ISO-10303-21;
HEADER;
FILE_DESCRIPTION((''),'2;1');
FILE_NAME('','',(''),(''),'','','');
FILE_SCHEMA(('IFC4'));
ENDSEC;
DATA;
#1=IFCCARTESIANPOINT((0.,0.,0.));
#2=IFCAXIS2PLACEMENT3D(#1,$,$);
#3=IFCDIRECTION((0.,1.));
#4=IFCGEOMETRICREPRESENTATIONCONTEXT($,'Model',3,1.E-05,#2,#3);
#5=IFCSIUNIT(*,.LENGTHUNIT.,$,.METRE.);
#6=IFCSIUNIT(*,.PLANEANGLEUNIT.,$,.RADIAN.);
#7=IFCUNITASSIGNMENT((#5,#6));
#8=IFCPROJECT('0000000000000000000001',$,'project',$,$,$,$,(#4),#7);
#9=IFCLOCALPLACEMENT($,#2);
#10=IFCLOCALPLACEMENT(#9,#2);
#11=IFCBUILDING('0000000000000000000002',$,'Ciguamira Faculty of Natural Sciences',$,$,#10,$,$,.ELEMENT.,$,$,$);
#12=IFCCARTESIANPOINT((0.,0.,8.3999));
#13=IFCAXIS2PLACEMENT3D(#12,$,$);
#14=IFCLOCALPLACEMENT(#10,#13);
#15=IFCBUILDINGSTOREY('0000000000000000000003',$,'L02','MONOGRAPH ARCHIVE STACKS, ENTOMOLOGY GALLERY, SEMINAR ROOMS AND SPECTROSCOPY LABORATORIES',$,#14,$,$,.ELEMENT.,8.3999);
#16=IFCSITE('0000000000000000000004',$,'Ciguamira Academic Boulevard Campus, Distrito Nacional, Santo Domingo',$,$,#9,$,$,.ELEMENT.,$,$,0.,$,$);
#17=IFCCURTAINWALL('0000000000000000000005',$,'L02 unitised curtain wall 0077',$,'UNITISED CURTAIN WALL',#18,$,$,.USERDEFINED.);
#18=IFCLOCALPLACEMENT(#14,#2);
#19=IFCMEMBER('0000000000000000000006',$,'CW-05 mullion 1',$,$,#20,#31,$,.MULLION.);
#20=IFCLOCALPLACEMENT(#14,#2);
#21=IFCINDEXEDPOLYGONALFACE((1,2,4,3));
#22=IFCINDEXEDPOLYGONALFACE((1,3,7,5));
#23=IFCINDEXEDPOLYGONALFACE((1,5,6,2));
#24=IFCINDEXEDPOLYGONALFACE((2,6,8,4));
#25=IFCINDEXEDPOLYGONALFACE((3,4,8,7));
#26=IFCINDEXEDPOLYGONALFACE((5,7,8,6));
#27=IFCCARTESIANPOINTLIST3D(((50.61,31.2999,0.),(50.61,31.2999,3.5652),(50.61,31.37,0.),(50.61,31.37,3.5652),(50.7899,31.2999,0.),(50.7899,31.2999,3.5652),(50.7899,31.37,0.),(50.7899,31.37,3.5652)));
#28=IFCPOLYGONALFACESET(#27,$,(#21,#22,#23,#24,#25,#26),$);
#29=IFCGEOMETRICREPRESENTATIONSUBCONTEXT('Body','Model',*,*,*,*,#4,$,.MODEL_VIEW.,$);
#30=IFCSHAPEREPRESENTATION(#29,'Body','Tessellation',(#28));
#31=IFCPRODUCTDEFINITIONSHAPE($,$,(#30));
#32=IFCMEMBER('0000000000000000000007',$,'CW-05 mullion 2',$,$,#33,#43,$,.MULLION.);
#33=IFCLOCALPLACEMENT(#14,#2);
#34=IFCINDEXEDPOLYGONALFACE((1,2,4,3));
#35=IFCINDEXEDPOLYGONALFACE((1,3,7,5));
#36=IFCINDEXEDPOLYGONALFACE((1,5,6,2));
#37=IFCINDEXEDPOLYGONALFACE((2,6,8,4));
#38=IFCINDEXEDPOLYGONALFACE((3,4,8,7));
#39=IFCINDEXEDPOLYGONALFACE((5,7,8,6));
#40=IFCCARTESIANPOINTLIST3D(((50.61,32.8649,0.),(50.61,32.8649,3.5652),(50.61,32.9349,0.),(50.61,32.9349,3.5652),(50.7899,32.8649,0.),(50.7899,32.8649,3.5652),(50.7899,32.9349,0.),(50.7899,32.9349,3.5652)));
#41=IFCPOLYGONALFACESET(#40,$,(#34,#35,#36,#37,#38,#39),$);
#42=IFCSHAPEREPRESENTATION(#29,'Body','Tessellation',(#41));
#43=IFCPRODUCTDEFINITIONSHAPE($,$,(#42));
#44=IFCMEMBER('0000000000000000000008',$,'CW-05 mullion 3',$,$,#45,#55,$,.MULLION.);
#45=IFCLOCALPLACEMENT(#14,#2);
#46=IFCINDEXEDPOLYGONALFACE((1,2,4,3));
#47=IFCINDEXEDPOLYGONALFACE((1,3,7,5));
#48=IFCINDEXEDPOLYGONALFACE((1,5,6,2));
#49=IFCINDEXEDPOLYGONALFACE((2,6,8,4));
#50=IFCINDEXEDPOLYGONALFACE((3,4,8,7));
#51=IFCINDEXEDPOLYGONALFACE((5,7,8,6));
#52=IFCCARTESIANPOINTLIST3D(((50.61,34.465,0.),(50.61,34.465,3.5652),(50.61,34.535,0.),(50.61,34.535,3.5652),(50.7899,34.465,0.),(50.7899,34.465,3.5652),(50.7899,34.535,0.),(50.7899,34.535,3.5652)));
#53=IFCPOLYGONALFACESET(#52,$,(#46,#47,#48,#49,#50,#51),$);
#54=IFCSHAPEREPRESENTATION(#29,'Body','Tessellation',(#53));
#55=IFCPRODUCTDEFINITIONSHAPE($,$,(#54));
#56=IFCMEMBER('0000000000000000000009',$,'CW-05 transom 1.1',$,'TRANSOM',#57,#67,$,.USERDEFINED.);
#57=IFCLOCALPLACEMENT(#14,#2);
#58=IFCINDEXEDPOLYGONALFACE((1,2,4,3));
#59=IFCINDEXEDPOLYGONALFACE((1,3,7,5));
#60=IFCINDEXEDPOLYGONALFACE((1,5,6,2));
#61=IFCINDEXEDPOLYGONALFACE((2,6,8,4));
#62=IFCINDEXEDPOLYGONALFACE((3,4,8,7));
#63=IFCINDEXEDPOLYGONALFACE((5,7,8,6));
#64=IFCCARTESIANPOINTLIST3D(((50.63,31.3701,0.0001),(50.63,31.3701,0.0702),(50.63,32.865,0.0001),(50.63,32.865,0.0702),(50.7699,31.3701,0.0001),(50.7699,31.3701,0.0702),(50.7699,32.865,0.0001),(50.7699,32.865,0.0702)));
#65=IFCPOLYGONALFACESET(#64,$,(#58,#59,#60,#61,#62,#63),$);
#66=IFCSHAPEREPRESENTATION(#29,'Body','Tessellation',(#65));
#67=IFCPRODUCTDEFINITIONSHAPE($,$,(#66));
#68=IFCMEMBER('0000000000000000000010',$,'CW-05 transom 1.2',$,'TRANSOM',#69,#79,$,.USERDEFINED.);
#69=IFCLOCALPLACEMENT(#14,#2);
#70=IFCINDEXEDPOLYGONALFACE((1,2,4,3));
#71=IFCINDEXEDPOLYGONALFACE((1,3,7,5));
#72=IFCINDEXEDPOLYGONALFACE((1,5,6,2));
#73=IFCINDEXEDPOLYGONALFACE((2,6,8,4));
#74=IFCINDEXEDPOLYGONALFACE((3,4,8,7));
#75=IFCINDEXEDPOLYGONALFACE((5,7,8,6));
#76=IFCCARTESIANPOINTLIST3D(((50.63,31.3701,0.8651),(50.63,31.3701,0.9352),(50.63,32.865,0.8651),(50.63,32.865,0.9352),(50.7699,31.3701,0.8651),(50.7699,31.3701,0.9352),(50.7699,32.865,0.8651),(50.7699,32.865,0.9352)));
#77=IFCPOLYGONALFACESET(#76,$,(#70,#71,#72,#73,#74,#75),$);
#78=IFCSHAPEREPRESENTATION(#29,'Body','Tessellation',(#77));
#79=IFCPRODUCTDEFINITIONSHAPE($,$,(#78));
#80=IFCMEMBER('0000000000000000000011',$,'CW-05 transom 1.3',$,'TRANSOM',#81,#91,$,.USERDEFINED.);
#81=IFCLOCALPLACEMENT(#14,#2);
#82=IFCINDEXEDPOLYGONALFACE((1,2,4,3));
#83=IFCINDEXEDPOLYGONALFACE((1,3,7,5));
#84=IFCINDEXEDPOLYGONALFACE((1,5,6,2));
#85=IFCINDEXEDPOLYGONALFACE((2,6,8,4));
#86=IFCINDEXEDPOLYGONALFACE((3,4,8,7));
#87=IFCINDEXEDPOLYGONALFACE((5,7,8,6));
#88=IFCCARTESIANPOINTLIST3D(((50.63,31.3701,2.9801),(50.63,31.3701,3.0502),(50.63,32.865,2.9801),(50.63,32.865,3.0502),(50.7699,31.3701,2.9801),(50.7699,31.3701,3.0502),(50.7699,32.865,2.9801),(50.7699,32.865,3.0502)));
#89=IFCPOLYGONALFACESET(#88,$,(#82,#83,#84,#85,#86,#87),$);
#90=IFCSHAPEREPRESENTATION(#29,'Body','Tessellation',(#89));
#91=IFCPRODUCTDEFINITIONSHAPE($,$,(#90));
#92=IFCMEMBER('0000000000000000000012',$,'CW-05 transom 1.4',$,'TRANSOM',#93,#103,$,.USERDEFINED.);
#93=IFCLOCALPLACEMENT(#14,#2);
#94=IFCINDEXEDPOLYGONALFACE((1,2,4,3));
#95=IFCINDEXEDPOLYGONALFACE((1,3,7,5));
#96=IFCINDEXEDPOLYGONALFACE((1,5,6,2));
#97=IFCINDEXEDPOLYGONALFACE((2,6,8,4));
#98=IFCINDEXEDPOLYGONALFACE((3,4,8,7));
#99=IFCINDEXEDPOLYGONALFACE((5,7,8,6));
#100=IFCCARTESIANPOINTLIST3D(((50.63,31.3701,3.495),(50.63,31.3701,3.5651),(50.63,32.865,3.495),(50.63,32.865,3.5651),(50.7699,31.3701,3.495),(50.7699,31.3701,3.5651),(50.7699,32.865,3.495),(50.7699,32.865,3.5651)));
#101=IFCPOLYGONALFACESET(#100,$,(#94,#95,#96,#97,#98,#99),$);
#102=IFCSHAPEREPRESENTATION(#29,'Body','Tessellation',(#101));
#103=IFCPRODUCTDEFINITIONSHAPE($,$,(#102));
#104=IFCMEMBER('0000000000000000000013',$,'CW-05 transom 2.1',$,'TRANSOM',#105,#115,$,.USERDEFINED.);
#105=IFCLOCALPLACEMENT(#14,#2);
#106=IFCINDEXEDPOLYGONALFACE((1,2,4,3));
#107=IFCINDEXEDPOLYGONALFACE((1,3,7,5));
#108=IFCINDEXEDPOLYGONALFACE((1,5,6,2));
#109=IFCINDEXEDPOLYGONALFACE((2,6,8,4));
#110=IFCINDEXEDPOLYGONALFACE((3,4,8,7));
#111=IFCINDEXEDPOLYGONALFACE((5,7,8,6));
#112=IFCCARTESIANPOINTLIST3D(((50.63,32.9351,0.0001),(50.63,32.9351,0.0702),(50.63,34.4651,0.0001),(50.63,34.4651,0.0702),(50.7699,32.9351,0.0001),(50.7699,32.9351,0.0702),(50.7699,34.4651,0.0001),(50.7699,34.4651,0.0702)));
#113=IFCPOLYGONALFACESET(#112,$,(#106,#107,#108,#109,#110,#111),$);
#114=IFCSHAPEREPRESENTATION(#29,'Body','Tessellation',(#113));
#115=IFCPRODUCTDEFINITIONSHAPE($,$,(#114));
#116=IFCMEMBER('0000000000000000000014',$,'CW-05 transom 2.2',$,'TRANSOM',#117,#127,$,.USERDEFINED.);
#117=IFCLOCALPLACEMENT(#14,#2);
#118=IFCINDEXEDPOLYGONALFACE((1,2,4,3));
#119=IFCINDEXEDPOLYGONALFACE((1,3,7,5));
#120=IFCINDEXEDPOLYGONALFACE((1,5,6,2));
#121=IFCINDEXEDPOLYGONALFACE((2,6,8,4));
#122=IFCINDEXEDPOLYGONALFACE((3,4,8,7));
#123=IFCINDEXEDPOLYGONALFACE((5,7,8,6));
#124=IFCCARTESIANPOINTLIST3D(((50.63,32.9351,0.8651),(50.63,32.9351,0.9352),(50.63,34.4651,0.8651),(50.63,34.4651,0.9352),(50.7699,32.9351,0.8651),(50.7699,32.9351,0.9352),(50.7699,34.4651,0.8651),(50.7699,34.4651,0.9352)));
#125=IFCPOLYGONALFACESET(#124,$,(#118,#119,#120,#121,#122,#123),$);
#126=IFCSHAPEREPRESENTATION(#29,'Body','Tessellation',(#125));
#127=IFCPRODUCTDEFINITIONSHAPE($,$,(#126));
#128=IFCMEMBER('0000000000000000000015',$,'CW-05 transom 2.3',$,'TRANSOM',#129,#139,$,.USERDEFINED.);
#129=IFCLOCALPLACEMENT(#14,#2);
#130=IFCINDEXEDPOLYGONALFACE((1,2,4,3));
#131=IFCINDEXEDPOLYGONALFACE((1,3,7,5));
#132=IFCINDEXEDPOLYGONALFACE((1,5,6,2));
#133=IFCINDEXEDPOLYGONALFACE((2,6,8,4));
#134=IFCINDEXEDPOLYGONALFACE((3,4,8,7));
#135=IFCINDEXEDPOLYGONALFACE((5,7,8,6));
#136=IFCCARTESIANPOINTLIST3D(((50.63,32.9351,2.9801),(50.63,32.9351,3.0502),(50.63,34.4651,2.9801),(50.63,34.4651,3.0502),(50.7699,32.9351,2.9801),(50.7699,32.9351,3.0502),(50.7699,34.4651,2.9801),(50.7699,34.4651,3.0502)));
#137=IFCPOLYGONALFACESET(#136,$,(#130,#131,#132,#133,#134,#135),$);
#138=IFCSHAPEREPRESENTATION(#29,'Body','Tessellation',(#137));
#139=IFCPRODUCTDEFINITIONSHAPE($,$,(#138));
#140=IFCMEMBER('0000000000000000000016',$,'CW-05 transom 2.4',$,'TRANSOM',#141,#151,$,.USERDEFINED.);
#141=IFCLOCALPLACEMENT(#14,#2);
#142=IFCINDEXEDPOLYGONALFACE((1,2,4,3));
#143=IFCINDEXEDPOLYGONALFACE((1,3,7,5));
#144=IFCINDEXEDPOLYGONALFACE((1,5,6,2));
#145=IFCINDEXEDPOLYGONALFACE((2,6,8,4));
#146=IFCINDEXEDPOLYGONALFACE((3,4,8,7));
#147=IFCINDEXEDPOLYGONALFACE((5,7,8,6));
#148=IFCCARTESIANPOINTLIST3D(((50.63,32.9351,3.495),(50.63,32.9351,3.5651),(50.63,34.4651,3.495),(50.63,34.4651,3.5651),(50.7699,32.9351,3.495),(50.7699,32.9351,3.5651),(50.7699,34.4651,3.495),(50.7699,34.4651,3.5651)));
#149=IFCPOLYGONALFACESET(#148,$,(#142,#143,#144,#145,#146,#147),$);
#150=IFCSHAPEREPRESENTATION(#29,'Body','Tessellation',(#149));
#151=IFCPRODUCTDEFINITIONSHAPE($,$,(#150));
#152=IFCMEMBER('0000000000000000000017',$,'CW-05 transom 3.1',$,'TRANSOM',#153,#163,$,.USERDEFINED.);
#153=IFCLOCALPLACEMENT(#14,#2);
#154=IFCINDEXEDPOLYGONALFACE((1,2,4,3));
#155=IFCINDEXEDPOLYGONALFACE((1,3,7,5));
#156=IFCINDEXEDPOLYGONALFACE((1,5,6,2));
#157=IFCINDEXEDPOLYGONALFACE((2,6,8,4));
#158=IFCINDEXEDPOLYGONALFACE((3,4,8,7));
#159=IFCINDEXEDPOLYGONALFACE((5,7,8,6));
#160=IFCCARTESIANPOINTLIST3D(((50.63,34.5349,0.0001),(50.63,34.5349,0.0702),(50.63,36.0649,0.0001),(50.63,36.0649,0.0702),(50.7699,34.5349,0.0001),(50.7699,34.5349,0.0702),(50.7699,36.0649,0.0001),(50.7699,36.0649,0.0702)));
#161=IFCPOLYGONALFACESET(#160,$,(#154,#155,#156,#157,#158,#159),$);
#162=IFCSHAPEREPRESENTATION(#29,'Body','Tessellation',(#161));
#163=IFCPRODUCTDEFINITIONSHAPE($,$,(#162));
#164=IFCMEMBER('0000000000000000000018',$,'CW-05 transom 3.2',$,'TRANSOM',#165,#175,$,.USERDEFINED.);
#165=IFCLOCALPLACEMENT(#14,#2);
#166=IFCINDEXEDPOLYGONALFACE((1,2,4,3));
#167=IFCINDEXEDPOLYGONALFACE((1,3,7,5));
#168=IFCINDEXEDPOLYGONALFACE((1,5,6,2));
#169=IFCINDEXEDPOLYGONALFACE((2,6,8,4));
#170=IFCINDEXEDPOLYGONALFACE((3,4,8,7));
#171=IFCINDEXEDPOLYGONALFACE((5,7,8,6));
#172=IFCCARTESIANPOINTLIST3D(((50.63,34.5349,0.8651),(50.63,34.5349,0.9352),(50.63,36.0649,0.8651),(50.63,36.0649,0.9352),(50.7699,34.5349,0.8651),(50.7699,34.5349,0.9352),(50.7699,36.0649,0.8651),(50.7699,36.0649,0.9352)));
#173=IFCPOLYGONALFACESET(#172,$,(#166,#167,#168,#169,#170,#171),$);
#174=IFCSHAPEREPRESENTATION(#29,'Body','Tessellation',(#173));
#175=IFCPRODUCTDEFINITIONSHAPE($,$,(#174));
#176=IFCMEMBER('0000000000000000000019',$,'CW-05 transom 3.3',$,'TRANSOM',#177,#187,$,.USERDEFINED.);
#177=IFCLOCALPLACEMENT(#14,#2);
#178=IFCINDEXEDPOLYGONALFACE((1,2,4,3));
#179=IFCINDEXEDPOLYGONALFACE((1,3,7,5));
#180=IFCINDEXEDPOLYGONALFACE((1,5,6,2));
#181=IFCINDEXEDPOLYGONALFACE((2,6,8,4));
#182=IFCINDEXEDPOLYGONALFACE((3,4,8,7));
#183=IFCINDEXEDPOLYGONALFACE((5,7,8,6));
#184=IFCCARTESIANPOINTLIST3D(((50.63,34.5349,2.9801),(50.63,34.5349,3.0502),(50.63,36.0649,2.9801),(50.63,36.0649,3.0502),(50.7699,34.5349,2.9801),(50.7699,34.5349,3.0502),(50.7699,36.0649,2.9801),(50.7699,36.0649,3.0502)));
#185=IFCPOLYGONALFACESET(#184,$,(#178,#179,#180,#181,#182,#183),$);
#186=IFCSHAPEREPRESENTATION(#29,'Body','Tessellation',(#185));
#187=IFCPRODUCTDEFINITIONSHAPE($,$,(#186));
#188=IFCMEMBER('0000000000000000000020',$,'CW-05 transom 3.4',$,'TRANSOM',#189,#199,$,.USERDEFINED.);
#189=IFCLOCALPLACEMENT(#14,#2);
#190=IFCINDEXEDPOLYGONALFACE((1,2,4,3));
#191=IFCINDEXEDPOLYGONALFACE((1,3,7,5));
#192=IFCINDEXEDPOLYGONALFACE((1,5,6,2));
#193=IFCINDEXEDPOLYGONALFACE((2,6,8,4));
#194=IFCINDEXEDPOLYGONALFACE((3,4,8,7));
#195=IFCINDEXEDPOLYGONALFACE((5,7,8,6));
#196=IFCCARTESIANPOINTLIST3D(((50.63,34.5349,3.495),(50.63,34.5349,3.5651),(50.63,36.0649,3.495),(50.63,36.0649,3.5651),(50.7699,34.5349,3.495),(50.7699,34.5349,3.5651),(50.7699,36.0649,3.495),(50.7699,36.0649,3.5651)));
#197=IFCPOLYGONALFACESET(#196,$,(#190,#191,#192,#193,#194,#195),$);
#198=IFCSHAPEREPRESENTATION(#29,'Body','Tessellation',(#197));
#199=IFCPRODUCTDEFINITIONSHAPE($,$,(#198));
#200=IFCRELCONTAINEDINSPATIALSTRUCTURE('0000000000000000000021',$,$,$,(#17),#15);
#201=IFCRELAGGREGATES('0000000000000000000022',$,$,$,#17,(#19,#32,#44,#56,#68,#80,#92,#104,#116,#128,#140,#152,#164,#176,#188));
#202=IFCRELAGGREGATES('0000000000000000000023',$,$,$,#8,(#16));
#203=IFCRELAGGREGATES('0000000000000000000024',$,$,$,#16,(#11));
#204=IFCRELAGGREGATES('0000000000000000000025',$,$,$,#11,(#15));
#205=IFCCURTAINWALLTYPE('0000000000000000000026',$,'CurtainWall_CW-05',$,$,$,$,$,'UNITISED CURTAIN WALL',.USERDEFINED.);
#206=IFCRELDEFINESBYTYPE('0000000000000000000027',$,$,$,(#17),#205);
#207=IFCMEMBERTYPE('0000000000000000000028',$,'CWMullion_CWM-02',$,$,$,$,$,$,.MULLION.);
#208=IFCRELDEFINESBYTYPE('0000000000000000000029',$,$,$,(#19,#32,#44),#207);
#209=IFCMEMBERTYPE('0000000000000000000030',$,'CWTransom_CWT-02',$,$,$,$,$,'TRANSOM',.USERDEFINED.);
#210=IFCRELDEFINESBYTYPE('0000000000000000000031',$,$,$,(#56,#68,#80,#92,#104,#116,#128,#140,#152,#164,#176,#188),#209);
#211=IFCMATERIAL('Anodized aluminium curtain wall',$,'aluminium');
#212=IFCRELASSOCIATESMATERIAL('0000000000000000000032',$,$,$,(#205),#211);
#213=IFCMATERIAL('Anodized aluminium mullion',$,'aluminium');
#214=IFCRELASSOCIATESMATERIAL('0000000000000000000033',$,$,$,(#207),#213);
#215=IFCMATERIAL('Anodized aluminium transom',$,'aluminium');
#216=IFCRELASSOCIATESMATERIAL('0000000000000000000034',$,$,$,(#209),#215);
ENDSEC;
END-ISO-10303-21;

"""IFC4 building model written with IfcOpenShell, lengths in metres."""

from ifc_helpers import new_model, si_unit, direction, frame, origin, origin_2d, place, context, subcontext, project, spatial, rectangle, extrude, material, material_profile, profile_set, type_object, element, aggregate, save


model = new_model("IFC4")

# Units and contexts
model_context = context("Model", 3, precision=1e-05, world=origin(), true_north=direction((0.0, 1.0)))
body_context = subcontext(model_context, "Body", "Model", "MODEL_VIEW")
ifc_project = project(units=[si_unit("LENGTHUNIT", "METRE"), si_unit("PLANEANGLEUNIT", "RADIAN")], contexts=[model_context])

# Site, building, storey
site_placement = place(None, origin())
site = spatial("IfcSite", under=ifc_project, at=site_placement, Name="Ciguamira Academic Boulevard Campus, Distrito Nacional, Santo Domingo", CompositionType="ELEMENT", RefElevation=0.0)
building_placement = place(site_placement, origin())
building = spatial("IfcBuilding", under=site, at=building_placement, Name="Ciguamira Faculty of Natural Sciences", CompositionType="ELEMENT")
storey_placement = place(building_placement, frame((0.0, 0.0, 8.3999)))
storey = spatial("IfcBuildingStorey", under=building, at=storey_placement, Name="L02", Description="MONOGRAPH ARCHIVE STACKS, ENTOMOLOGY GALLERY, SEMINAR ROOMS AND SPECTROSCOPY LABORATORIES", CompositionType="ELEMENT", Elevation=8.3999)

# Curtain wall, members
ifc_material_1 = material(Name="Anodized aluminium curtain wall", Category="aluminium")
curtain_wall_type = type_object("IfcCurtainWallType", Name="CurtainWall_CW-05", ElementType="UNITISED CURTAIN WALL", PredefinedType="USERDEFINED", material=ifc_material_1)
curtain_wall_placement = place(storey_placement, origin())
curtain_wall = element("IfcCurtainWall", 1, at=curtain_wall_placement, inside=storey, type_object=curtain_wall_type, Name="L02 unitised curtain wall 0077", ObjectType="UNITISED CURTAIN WALL", PredefinedType="USERDEFINED")
ifc_material_2 = material(Name="Anodized aluminium mullion", Category="aluminium")
ifc_material_profile_1 = material_profile(ifc_material_2, rectangle(XDim=0.0701, YDim=0.1799, at=origin_2d()), Name="ALU-MUL-70X180")
ifc_profile_set_1 = profile_set([ifc_material_profile_1], Name="Anodized aluminium mullion")
member_type_1 = type_object("IfcMemberType", Name="CWMullion_CWM-02", PredefinedType="MULLION", material=ifc_profile_set_1)
member_1_placement = place(storey_placement, frame((50.7, 31.335, 0.0), z_axis=(0.0, 0.0, 1.0), x_axis=(0.0, 1.0, 0.0)))
member_1 = element("IfcMember", 2, at=member_1_placement, type_object=member_type_1, Name="CW-05 mullion 1", PredefinedType="MULLION", context=body_context, shape_type="SweptSolid", body=[
    extrude(rectangle(XDim=0.0701, YDim=0.1799, at=origin_2d()), origin(), (0.0, 0.0, 1.0), 3.5652),
])
member_2_placement = place(storey_placement, frame((50.7, 32.8999, 0.0), z_axis=(0.0, 0.0, 1.0), x_axis=(0.0, 1.0, 0.0)))
member_2 = element("IfcMember", 3, at=member_2_placement, type_object=member_type_1, Name="CW-05 mullion 2", PredefinedType="MULLION", context=body_context, shape_type="SweptSolid", body=[
    extrude(rectangle(XDim=0.0701, YDim=0.1799, at=origin_2d()), origin(), (0.0, 0.0, 1.0), 3.5652),
])
member_3_placement = place(storey_placement, frame((50.7, 34.5, 0.0), z_axis=(0.0, 0.0, 1.0), x_axis=(0.0, 1.0, 0.0)))
member_3 = element("IfcMember", 4, at=member_3_placement, type_object=member_type_1, Name="CW-05 mullion 3", PredefinedType="MULLION", context=body_context, shape_type="SweptSolid", body=[
    extrude(rectangle(XDim=0.0701, YDim=0.1799, at=origin_2d()), origin(), (0.0, 0.0, 1.0), 3.5652),
])
ifc_material_3 = material(Name="Anodized aluminium transom", Category="aluminium")
ifc_material_profile_2 = material_profile(ifc_material_3, rectangle(XDim=0.0701, YDim=0.1399, at=origin_2d()), Name="ALU-TRN-70X140")
ifc_profile_set_2 = profile_set([ifc_material_profile_2], Name="Anodized aluminium transom")
member_type_2 = type_object("IfcMemberType", Name="CWTransom_CWT-02", ElementType="TRANSOM", PredefinedType="USERDEFINED", material=ifc_profile_set_2)
member_4_placement = place(storey_placement, frame((50.7, 31.3701, 0.0352), z_axis=(0.0, 1.0, 0.0), x_axis=(0.0, 0.0, 1.0)))
member_4 = element("IfcMember", 5, at=member_4_placement, type_object=member_type_2, Name="CW-05 transom 1.1", ObjectType="TRANSOM", PredefinedType="USERDEFINED", context=body_context, shape_type="SweptSolid", body=[
    extrude(rectangle(XDim=0.0701, YDim=0.1399, at=origin_2d()), origin(), (0.0, 0.0, 1.0), 1.4949),
])
member_5_placement = place(storey_placement, frame((50.7, 31.3701, 0.9001), z_axis=(0.0, 1.0, 0.0), x_axis=(0.0, 0.0, 1.0)))
member_5 = element("IfcMember", 6, at=member_5_placement, type_object=member_type_2, Name="CW-05 transom 1.2", ObjectType="TRANSOM", PredefinedType="USERDEFINED", context=body_context, shape_type="SweptSolid", body=[
    extrude(rectangle(XDim=0.0701, YDim=0.1399, at=origin_2d()), origin(), (0.0, 0.0, 1.0), 1.4949),
])
member_6_placement = place(storey_placement, frame((50.7, 31.3701, 3.0151), z_axis=(0.0, 1.0, 0.0), x_axis=(0.0, 0.0, 1.0)))
member_6 = element("IfcMember", 7, at=member_6_placement, type_object=member_type_2, Name="CW-05 transom 1.3", ObjectType="TRANSOM", PredefinedType="USERDEFINED", context=body_context, shape_type="SweptSolid", body=[
    extrude(rectangle(XDim=0.0701, YDim=0.1399, at=origin_2d()), origin(), (0.0, 0.0, 1.0), 1.4949),
])
member_7_placement = place(storey_placement, frame((50.7, 31.3701, 3.53), z_axis=(0.0, 1.0, 0.0), x_axis=(0.0, 0.0, 1.0)))
member_7 = element("IfcMember", 8, at=member_7_placement, type_object=member_type_2, Name="CW-05 transom 1.4", ObjectType="TRANSOM", PredefinedType="USERDEFINED", context=body_context, shape_type="SweptSolid", body=[
    extrude(rectangle(XDim=0.0701, YDim=0.1399, at=origin_2d()), origin(), (0.0, 0.0, 1.0), 1.4949),
])
member_8_placement = place(storey_placement, frame((50.7, 32.9351, 0.0352), z_axis=(0.0, 1.0, 0.0), x_axis=(0.0, 0.0, 1.0)))
member_8 = element("IfcMember", 9, at=member_8_placement, type_object=member_type_2, Name="CW-05 transom 2.1", ObjectType="TRANSOM", PredefinedType="USERDEFINED", context=body_context, shape_type="SweptSolid", body=[
    extrude(rectangle(XDim=0.0701, YDim=0.1399, at=origin_2d()), origin(), (0.0, 0.0, 1.0), 1.53),
])
member_9_placement = place(storey_placement, frame((50.7, 32.9351, 0.9001), z_axis=(0.0, 1.0, 0.0), x_axis=(0.0, 0.0, 1.0)))
member_9 = element("IfcMember", 10, at=member_9_placement, type_object=member_type_2, Name="CW-05 transom 2.2", ObjectType="TRANSOM", PredefinedType="USERDEFINED", context=body_context, shape_type="SweptSolid", body=[
    extrude(rectangle(XDim=0.0701, YDim=0.1399, at=origin_2d()), origin(), (0.0, 0.0, 1.0), 1.53),
])
member_10_placement = place(storey_placement, frame((50.7, 32.9351, 3.0151), z_axis=(0.0, 1.0, 0.0), x_axis=(0.0, 0.0, 1.0)))
member_10 = element("IfcMember", 11, at=member_10_placement, type_object=member_type_2, Name="CW-05 transom 2.3", ObjectType="TRANSOM", PredefinedType="USERDEFINED", context=body_context, shape_type="SweptSolid", body=[
    extrude(rectangle(XDim=0.0701, YDim=0.1399, at=origin_2d()), origin(), (0.0, 0.0, 1.0), 1.53),
])
member_11_placement = place(storey_placement, frame((50.7, 32.9351, 3.53), z_axis=(0.0, 1.0, 0.0), x_axis=(0.0, 0.0, 1.0)))
member_11 = element("IfcMember", 12, at=member_11_placement, type_object=member_type_2, Name="CW-05 transom 2.4", ObjectType="TRANSOM", PredefinedType="USERDEFINED", context=body_context, shape_type="SweptSolid", body=[
    extrude(rectangle(XDim=0.0701, YDim=0.1399, at=origin_2d()), origin(), (0.0, 0.0, 1.0), 1.53),
])
member_12_placement = place(storey_placement, frame((50.7, 34.5349, 0.0352), z_axis=(0.0, 1.0, 0.0), x_axis=(0.0, 0.0, 1.0)))
member_12 = element("IfcMember", 13, at=member_12_placement, type_object=member_type_2, Name="CW-05 transom 3.1", ObjectType="TRANSOM", PredefinedType="USERDEFINED", context=body_context, shape_type="SweptSolid", body=[
    extrude(rectangle(XDim=0.0701, YDim=0.1399, at=origin_2d()), origin(), (0.0, 0.0, 1.0), 1.53),
])
member_13_placement = place(storey_placement, frame((50.7, 34.5349, 0.9001), z_axis=(0.0, 1.0, 0.0), x_axis=(0.0, 0.0, 1.0)))
member_13 = element("IfcMember", 14, at=member_13_placement, type_object=member_type_2, Name="CW-05 transom 3.2", ObjectType="TRANSOM", PredefinedType="USERDEFINED", context=body_context, shape_type="SweptSolid", body=[
    extrude(rectangle(XDim=0.0701, YDim=0.1399, at=origin_2d()), origin(), (0.0, 0.0, 1.0), 1.53),
])
member_14_placement = place(storey_placement, frame((50.7, 34.5349, 3.0151), z_axis=(0.0, 1.0, 0.0), x_axis=(0.0, 0.0, 1.0)))
member_14 = element("IfcMember", 15, at=member_14_placement, type_object=member_type_2, Name="CW-05 transom 3.3", ObjectType="TRANSOM", PredefinedType="USERDEFINED", context=body_context, shape_type="SweptSolid", body=[
    extrude(rectangle(XDim=0.0701, YDim=0.1399, at=origin_2d()), origin(), (0.0, 0.0, 1.0), 1.53),
])
member_15_placement = place(storey_placement, frame((50.7, 34.5349, 3.53), z_axis=(0.0, 1.0, 0.0), x_axis=(0.0, 0.0, 1.0)))
member_15 = element("IfcMember", 16, at=member_15_placement, type_object=member_type_2, Name="CW-05 transom 3.4", ObjectType="TRANSOM", PredefinedType="USERDEFINED", context=body_context, shape_type="SweptSolid", body=[
    extrude(rectangle(XDim=0.0701, YDim=0.1399, at=origin_2d()), origin(), (0.0, 0.0, 1.0), 1.53),
])
aggregate(curtain_wall, [member_1, member_2, member_3, member_4, member_5, member_6, member_7, member_8, member_9, member_10, member_11, member_12, member_13, member_14, member_15])

save(model, "model.ifc")
